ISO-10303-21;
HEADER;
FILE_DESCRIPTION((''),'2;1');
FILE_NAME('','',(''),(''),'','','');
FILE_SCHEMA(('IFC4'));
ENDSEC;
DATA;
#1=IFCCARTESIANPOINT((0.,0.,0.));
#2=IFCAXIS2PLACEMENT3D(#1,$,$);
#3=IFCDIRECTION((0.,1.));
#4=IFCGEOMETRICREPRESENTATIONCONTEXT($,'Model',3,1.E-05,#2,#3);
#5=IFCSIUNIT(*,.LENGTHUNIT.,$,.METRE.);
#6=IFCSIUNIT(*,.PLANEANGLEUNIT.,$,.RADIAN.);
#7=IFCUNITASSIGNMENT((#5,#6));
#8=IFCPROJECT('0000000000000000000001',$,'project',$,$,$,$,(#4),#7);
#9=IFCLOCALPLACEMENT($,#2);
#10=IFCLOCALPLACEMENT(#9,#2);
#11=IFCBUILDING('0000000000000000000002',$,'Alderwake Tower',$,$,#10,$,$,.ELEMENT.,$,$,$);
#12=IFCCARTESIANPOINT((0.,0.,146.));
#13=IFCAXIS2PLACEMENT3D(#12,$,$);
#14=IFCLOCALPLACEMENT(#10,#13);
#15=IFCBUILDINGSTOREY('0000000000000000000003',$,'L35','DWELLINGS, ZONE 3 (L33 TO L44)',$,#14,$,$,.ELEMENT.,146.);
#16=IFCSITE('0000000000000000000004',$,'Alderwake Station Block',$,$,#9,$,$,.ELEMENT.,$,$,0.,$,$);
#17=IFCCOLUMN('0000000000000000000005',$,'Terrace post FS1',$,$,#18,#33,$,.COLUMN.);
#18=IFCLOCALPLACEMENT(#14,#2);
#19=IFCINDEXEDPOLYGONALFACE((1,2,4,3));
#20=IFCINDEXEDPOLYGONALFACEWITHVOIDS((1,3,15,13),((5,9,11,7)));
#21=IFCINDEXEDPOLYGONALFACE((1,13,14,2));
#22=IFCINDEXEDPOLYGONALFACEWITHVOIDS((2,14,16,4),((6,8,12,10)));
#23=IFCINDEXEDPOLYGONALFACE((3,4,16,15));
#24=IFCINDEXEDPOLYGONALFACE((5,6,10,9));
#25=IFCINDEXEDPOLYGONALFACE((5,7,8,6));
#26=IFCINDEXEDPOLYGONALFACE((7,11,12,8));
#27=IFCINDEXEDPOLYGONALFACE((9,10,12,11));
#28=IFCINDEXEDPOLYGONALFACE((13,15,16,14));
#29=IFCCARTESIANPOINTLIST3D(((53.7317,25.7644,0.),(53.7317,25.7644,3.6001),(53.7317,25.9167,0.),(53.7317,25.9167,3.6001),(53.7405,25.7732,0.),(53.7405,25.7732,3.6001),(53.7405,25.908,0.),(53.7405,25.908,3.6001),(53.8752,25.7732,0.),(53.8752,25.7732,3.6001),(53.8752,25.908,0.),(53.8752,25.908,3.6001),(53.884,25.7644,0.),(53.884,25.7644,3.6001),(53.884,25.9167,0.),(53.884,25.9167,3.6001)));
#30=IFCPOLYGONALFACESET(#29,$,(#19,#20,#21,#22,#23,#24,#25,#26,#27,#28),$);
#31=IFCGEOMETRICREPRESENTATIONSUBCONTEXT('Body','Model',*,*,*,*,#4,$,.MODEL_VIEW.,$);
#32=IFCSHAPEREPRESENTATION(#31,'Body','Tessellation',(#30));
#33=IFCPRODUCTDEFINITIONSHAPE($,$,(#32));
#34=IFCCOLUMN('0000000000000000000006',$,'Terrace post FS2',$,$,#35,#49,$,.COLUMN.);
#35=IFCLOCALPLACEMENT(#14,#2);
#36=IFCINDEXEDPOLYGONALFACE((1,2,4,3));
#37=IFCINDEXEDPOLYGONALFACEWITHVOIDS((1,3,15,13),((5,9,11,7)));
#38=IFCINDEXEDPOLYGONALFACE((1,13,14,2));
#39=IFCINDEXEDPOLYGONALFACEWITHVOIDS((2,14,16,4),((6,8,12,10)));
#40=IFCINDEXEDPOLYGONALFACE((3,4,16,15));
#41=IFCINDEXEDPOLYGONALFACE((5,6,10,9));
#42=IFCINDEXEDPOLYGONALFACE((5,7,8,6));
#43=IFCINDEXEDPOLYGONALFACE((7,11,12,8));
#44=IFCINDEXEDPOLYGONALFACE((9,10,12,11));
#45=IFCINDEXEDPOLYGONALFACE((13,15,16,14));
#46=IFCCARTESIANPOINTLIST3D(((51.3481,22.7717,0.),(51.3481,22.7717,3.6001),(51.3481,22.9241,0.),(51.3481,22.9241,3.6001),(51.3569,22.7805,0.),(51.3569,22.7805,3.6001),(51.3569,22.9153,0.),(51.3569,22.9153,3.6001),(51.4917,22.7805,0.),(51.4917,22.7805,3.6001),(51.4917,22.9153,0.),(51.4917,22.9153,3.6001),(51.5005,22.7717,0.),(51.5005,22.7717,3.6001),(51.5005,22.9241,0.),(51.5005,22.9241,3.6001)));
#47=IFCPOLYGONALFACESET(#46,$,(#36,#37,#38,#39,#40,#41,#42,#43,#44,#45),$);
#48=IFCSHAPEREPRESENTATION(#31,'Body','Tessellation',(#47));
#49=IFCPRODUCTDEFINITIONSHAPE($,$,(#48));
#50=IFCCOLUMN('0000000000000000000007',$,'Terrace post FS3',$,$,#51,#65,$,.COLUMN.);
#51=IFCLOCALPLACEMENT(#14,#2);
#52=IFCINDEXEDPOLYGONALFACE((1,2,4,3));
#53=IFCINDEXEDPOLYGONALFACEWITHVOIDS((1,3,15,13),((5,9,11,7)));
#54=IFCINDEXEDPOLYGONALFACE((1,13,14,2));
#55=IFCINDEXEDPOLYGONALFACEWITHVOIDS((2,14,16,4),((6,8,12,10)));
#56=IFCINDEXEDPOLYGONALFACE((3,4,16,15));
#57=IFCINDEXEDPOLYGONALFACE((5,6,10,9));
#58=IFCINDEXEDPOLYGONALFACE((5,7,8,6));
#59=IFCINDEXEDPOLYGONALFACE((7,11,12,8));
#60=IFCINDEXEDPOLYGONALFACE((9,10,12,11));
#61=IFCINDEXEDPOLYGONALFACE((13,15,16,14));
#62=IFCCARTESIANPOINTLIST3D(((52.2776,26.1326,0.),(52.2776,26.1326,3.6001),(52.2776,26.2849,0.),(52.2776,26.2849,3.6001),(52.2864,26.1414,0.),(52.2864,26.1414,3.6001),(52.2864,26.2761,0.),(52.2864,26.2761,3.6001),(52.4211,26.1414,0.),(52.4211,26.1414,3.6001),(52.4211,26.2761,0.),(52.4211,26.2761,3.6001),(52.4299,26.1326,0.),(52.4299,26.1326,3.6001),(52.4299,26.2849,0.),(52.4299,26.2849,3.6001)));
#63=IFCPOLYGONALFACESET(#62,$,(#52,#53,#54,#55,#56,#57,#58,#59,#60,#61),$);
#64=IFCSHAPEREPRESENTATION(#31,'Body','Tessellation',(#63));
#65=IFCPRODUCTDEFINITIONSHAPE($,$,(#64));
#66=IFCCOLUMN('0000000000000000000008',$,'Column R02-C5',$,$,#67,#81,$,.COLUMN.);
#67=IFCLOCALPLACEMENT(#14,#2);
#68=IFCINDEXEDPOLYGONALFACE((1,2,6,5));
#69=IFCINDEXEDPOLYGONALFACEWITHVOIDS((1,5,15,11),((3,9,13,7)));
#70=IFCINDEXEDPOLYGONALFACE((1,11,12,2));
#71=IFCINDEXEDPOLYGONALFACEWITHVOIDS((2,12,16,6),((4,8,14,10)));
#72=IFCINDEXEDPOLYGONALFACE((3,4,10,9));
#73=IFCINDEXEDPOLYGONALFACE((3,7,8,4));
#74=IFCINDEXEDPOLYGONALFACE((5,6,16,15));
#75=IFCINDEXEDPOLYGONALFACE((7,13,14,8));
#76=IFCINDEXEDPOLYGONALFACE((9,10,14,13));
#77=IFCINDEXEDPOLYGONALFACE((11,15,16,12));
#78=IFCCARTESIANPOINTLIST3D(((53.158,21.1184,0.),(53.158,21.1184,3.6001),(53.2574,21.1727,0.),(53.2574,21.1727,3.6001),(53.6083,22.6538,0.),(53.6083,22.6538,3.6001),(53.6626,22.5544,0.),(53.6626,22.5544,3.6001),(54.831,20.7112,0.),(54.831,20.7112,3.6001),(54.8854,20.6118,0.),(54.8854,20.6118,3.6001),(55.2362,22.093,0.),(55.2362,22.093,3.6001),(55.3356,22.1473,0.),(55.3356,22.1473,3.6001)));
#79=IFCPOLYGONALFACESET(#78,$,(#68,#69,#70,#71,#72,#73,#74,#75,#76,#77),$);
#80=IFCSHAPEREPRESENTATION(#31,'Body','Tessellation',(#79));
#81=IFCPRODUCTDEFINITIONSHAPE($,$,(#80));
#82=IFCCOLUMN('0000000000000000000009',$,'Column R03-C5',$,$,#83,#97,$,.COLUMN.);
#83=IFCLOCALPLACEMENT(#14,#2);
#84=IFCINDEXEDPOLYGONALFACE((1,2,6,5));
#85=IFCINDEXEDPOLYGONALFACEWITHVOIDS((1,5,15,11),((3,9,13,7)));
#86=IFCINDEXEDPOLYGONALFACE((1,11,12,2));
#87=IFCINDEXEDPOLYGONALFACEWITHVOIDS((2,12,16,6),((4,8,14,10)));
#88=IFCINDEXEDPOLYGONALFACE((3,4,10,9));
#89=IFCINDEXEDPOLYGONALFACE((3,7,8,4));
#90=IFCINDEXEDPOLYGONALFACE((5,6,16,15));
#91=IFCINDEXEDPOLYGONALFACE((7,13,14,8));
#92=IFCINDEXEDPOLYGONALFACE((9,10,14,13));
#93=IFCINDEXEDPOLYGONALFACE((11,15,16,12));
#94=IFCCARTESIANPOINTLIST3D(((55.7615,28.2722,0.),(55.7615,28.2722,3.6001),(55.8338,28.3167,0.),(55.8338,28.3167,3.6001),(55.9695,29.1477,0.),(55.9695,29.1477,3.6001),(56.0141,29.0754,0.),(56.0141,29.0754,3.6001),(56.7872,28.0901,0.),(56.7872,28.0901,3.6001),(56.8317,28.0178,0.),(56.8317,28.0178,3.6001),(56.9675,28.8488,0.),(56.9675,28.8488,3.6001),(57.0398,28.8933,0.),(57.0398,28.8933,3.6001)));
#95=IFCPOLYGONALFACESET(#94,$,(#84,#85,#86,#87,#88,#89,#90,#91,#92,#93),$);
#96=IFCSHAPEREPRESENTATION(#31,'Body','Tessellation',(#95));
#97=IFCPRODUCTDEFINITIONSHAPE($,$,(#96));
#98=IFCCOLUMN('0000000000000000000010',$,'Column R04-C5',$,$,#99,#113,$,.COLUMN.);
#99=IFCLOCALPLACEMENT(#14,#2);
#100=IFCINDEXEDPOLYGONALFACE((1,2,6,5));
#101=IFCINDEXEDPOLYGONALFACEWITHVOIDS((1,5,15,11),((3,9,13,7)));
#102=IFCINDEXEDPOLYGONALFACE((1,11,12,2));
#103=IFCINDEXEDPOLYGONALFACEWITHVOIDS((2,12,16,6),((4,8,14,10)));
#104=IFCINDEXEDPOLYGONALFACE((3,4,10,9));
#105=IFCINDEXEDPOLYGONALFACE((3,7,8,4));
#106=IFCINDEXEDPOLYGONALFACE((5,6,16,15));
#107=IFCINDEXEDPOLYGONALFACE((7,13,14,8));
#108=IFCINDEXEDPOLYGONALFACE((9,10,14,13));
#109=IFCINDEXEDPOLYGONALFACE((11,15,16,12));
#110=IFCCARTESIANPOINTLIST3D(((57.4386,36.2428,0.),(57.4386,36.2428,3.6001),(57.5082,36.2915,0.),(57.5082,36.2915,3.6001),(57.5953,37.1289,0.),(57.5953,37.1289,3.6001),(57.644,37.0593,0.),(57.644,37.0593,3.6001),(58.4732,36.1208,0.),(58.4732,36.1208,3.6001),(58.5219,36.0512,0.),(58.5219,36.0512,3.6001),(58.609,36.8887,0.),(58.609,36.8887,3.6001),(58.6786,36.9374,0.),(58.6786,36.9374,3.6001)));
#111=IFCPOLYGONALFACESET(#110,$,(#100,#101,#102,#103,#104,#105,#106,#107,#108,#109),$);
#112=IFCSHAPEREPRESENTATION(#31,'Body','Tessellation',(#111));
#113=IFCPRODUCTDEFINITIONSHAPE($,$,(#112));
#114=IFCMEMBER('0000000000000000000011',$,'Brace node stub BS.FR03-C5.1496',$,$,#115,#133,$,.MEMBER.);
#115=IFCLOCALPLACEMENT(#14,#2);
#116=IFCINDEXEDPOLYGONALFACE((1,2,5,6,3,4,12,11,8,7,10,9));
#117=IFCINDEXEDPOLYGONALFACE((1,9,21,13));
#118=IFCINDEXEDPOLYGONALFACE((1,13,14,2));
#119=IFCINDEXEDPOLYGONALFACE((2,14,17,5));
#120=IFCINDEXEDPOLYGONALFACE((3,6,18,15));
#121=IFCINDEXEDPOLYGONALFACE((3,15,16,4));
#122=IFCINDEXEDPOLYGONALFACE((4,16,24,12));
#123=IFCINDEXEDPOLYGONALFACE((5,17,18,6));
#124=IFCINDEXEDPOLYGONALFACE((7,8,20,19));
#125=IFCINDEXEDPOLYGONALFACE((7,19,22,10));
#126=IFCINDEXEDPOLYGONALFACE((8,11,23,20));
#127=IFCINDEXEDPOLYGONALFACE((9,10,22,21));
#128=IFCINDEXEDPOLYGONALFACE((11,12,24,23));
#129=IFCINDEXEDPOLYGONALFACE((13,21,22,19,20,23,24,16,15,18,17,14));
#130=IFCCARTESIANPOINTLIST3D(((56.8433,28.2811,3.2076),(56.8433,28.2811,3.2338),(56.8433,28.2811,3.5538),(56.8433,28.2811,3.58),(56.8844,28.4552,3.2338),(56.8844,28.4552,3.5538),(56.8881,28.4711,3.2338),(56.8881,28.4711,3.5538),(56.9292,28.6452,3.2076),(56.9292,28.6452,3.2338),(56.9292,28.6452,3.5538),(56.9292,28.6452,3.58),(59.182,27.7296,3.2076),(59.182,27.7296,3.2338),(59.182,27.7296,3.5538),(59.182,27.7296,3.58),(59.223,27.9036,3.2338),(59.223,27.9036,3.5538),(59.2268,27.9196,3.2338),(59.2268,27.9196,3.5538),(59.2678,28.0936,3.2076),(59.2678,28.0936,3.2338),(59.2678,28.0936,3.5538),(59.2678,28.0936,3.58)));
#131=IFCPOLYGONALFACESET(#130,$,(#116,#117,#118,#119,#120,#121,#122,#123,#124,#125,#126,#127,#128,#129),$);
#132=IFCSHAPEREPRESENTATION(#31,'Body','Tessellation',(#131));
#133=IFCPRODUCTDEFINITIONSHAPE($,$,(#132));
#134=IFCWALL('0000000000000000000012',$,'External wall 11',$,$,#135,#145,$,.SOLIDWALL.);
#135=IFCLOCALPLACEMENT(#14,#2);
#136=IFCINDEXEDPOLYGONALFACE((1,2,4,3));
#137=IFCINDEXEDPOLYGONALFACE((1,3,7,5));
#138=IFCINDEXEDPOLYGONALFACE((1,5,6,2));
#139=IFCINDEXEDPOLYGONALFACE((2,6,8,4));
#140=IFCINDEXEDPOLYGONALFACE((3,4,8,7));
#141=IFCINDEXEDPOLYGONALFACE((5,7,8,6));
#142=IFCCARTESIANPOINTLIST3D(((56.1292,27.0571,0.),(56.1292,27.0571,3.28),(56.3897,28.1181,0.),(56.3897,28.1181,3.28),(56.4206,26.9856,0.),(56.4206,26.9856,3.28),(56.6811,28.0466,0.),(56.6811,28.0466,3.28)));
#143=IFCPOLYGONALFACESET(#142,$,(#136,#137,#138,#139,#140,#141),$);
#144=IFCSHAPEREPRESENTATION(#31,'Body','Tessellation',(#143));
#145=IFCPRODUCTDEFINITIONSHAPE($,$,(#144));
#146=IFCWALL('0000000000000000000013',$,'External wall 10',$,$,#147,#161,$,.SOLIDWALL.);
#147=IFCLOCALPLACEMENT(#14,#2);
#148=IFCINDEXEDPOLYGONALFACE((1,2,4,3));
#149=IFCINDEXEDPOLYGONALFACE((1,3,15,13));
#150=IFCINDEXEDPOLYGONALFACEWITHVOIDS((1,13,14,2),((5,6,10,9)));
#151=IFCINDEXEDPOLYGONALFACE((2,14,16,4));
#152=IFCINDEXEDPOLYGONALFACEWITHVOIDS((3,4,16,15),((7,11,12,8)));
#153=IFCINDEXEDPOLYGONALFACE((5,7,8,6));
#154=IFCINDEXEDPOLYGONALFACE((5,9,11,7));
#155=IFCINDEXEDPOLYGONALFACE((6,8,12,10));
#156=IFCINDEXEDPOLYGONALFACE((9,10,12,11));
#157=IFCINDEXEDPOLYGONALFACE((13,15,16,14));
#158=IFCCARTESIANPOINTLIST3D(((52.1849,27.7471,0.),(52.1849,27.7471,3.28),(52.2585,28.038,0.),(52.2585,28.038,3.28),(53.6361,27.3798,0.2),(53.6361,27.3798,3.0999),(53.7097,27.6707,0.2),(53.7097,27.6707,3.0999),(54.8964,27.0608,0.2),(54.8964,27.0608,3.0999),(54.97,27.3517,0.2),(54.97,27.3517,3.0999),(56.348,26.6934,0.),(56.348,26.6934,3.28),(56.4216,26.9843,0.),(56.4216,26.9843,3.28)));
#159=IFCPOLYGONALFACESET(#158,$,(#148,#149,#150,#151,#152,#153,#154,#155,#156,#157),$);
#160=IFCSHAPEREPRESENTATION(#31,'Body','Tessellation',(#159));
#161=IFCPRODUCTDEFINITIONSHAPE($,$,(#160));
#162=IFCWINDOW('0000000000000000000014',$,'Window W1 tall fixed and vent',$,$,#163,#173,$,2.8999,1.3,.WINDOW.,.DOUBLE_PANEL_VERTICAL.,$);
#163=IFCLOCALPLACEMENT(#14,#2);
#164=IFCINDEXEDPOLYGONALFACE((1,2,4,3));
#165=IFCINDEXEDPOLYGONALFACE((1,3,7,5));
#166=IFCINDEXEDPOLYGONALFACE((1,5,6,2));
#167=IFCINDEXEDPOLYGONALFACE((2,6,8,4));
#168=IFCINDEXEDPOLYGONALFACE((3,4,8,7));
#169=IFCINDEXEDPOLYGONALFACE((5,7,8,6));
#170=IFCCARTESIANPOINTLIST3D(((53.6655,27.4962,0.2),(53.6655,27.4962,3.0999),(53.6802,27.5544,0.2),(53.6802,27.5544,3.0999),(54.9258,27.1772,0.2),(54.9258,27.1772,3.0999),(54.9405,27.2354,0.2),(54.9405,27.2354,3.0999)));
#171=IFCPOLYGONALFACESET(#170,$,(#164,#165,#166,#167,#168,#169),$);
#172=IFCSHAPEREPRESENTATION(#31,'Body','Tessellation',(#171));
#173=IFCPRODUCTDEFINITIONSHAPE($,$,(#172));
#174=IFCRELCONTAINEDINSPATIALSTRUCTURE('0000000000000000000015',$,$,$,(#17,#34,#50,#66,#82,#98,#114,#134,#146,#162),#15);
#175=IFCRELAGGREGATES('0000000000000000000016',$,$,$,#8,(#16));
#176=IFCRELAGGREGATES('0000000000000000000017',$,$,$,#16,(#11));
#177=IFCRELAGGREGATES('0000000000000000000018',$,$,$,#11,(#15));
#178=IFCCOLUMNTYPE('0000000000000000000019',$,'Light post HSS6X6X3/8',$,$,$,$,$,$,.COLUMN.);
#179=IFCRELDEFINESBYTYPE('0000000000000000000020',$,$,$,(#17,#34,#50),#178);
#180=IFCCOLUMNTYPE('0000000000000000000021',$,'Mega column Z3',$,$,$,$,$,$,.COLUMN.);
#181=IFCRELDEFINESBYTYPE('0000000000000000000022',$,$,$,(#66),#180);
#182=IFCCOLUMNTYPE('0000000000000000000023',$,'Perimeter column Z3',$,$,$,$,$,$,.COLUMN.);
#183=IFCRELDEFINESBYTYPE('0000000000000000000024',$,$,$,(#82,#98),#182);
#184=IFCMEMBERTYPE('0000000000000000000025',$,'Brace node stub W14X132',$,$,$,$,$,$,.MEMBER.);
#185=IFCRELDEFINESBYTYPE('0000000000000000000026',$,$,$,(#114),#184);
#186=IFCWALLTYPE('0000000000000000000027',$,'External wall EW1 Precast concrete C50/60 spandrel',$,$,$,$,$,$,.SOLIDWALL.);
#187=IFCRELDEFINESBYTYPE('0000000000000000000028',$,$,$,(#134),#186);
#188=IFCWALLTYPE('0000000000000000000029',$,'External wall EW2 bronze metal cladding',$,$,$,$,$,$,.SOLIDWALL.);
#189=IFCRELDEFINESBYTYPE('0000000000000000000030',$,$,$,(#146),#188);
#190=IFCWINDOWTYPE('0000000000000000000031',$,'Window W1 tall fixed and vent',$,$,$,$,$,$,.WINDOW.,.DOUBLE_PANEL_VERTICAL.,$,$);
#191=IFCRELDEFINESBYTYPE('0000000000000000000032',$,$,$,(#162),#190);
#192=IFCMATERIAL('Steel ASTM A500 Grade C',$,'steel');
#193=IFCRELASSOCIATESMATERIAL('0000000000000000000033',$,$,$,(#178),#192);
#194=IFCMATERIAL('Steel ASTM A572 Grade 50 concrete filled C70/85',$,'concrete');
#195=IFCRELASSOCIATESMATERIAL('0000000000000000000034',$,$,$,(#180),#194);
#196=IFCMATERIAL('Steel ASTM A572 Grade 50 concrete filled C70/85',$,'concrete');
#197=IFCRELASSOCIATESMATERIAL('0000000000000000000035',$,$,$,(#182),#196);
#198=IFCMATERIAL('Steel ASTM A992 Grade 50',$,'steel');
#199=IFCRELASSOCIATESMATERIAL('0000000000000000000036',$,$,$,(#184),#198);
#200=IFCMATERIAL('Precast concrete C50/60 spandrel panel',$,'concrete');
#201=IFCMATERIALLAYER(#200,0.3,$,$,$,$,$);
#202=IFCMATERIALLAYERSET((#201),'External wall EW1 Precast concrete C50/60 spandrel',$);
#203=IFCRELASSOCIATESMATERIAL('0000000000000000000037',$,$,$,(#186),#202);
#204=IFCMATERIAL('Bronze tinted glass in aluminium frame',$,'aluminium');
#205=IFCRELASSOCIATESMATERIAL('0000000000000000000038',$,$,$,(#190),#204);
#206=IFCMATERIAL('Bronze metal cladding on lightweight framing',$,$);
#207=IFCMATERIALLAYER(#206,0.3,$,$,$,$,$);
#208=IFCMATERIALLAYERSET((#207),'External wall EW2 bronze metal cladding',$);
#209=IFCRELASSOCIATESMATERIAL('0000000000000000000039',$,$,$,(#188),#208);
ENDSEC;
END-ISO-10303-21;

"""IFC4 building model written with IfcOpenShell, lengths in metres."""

from ifc_helpers import new_model, si_unit, direction, frame, frame_2d, origin, origin_2d, place, context, subcontext, project, spatial, rectangle, hollow_rectangle, i_section, extrude, material, layer, layer_set, material_profile, profile_set, type_object, element, fill, save


model = new_model("IFC4")

# Units and contexts
model_context = context("Model", 3, precision=1e-05, world=origin(), true_north=direction((0.0, 1.0)))
body_context = subcontext(model_context, "Body", "Model", "MODEL_VIEW")
ifc_project = project(units=[si_unit("LENGTHUNIT", "METRE"), si_unit("PLANEANGLEUNIT", "RADIAN")], contexts=[model_context])

# Site, building, storey
site_placement = place(None, origin())
site = spatial("IfcSite", under=ifc_project, at=site_placement, Name="Alderwake Station Block", CompositionType="ELEMENT", RefElevation=0.0)
building_placement = place(site_placement, origin())
building = spatial("IfcBuilding", under=site, at=building_placement, Name="Alderwake Tower", CompositionType="ELEMENT")
storey_placement = place(building_placement, frame((0.0, 0.0, 146.0)))
storey = spatial("IfcBuildingStorey", under=building, at=storey_placement, Name="L35", Description="DWELLINGS, ZONE 3 (L33 TO L44)", CompositionType="ELEMENT", Elevation=146.0)

# Columns
ifc_material_1 = material(Name="Steel ASTM A500 Grade C", Category="steel")
ifc_material_profile_1 = material_profile(ifc_material_1, hollow_rectangle(XDim=0.1523, YDim=0.1523, WallThickness=0.0088, at=origin_2d()), Name="HSS6X6X3/8")
ifc_profile_set_1 = profile_set([ifc_material_profile_1], Name="Steel ASTM A500 Grade C")
column_type_1 = type_object("IfcColumnType", Name="Light post HSS6X6X3/8", PredefinedType="COLUMN", material=ifc_profile_set_1)
for number, where, z_axis, x_axis, name in (
    (1, (53.8079, 25.8406, 0.0), (0.0, 0.0, 1.0), (1.0, 0.0, 0.0), "Terrace post FS1"),
    (2, (51.4243, 22.8479, 0.0), (0.0, 0.0, 1.0), (1.0, 0.0, 0.0), "Terrace post FS2"),
    (3, (52.3538, 26.2087, 0.0), (0.0, 0.0, 1.0), (1.0, 0.0, 0.0), "Terrace post FS3"),
):
    element("IfcColumn", number, at=place(storey_placement, frame(where, z_axis=z_axis, x_axis=x_axis)), inside=storey, type_object=column_type_1, Name=name, PredefinedType="COLUMN", context=body_context, shape_type="SweptSolid", body=[
        extrude(hollow_rectangle(XDim=0.1523, YDim=0.1523, WallThickness=0.0088, at=origin_2d()), origin(), (0.0, 0.0, 1.0), 3.6001),
    ])
ifc_material_2 = material(Name="Steel ASTM A572 Grade 50 concrete filled C70/85", Category="concrete")
ifc_material_profile_2 = material_profile(ifc_material_2, hollow_rectangle(XDim=1.6001, YDim=1.8, WallThickness=0.0801, at=origin_2d()), Name="BOX 1800X1600X80")
ifc_profile_set_2 = profile_set([ifc_material_profile_2], Name="Steel ASTM A572 Grade 50 concrete filled C70/85")
column_type_2 = type_object("IfcColumnType", Name="Mega column Z3", PredefinedType="COLUMN", material=ifc_profile_set_2)
column_placement = place(storey_placement, frame((54.2468, 21.6328, 0.0), z_axis=(0.0, 0.0, 1.0), x_axis=(0.281395, 0.959592, 0.0)))
element("IfcColumn", 4, at=column_placement, inside=storey, type_object=column_type_2, Name="Column R02-C5", PredefinedType="COLUMN", context=body_context, shape_type="SweptSolid", body=[
    extrude(hollow_rectangle(XDim=1.6001, YDim=1.8, WallThickness=0.0801, at=origin_2d()), origin(), (0.0, 0.0, 1.0), 3.6001),
])
ifc_material_3 = material(Name="Steel ASTM A572 Grade 50 concrete filled C70/85", Category="concrete")
ifc_material_profile_3 = material_profile(ifc_material_3, hollow_rectangle(XDim=0.8999, YDim=1.1001, WallThickness=0.0601, at=origin_2d()), Name="BOX 1100X900X60")
ifc_profile_set_3 = profile_set([ifc_material_profile_3], Name="Steel ASTM A572 Grade 50 concrete filled C70/85")
column_type_3 = type_object("IfcColumnType", Name="Perimeter column Z3", PredefinedType="COLUMN", material=ifc_profile_set_3)
for number, where, z_axis, x_axis, name in (
    (5, (56.4006, 28.5828, 0.0), (0.0, 0.0, 1.0), (0.231222, 0.972901, 0.0), "Column R03-C5"),
    (6, (58.0586, 36.5901, 0.0), (0.0, 0.0, 1.0), (0.174109, 0.984726, 0.0), "Column R04-C5"),
):
    element("IfcColumn", number, at=place(storey_placement, frame(where, z_axis=z_axis, x_axis=x_axis)), inside=storey, type_object=column_type_3, Name=name, PredefinedType="COLUMN", context=body_context, shape_type="SweptSolid", body=[
        extrude(hollow_rectangle(XDim=0.8999, YDim=1.1001, WallThickness=0.0601, at=origin_2d()), origin(), (0.0, 0.0, 1.0), 3.6001),
    ])

# Member
ifc_material_4 = material(Name="Steel ASTM A992 Grade 50", Category="steel")
ifc_material_profile_4 = material_profile(ifc_material_4, i_section(OverallWidth=0.374, OverallDepth=0.3723, WebThickness=0.0164, FlangeThickness=0.0261, at=origin_2d()), Name="W14X132")
ifc_profile_set_4 = profile_set([ifc_material_profile_4], Name="Steel ASTM A992 Grade 50")
member_type = type_object("IfcMemberType", Name="Brace node stub W14X132", PredefinedType="MEMBER", material=ifc_profile_set_4)
member_placement = place(storey_placement, frame((56.8862, 28.4631, 3.3938), z_axis=(0.973301, -0.229532, 0.0), x_axis=(0.229532, 0.973301, 0.0)))
element("IfcMember", 7, at=member_placement, inside=storey, type_object=member_type, Name="Brace node stub BS.FR03-C5.1496", PredefinedType="MEMBER", context=body_context, shape_type="SweptSolid", body=[
    extrude(i_section(OverallWidth=0.374, OverallDepth=0.3723, WebThickness=0.0164, FlangeThickness=0.0261, at=origin_2d()), origin(), (0.0, 0.0, 1.0), 2.4028),
])

# Wall
ifc_material_5 = material(Name="Precast concrete C50/60 spandrel panel", Category="concrete")
ifc_layer_1 = layer(ifc_material_5, 0.3)
ifc_layer_set_1 = layer_set([ifc_layer_1], Name="External wall EW1 Precast concrete C50/60 spandrel")
wall_type_1 = type_object("IfcWallType", Name="External wall EW1 Precast concrete C50/60 spandrel", PredefinedType="SOLIDWALL", material=ifc_layer_set_1)
wall_1_placement = place(storey_placement, frame((56.2749, 27.0212, 0.0), z_axis=(0.0, 0.0, 1.0), x_axis=(0.238432, 0.971159, 0.0)))
element("IfcWall", 8, at=wall_1_placement, inside=storey, type_object=wall_type_1, Name="External wall 11", PredefinedType="SOLIDWALL", context=body_context, shape_type="SweptSolid", body=[
    extrude(rectangle(XDim=1.0925, YDim=0.3, at=frame_2d((0.5464, 0.0))), origin(), (0.0, 0.0, 1.0), 3.28),
])

# Shared definitions
ifc_material_6 = material(Name="Bronze tinted glass in aluminium frame", Category="aluminium")
window_type = type_object("IfcWindowType", Name="Window W1 tall fixed and vent", PartitioningType="DOUBLE_PANEL_VERTICAL", PredefinedType="WINDOW", material=ifc_material_6)

# Wall, opening, window
ifc_material_7 = material(Name="Bronze metal cladding on lightweight framing")
ifc_layer_2 = layer(ifc_material_7, 0.3)
ifc_layer_set_2 = layer_set([ifc_layer_2], Name="External wall EW2 bronze metal cladding")
wall_type_2 = type_object("IfcWallType", Name="External wall EW2 bronze metal cladding", PredefinedType="SOLIDWALL", material=ifc_layer_set_2)
wall_2_placement = place(storey_placement, frame((52.2217, 27.8926, 0.0), z_axis=(0.0, 0.0, 1.0), x_axis=(0.969429, -0.24537, 0.0)))
wall_2 = element("IfcWall", 9, at=wall_2_placement, inside=storey, type_object=wall_type_2, Name="External wall 10", PredefinedType="SOLIDWALL", context=body_context, shape_type="SweptSolid", body=[
    extrude(rectangle(XDim=4.2944, YDim=0.3, at=frame_2d((2.1472, 0.0))), origin(), (0.0, 0.0, 1.0), 3.28),
])
opening_1_placement = place(wall_2_placement, frame((1.4971, 0.0, 0.2)))
opening_1 = element("IfcOpeningElement", 10, at=opening_1_placement, cuts=wall_2, PredefinedType="OPENING", context=body_context, shape_type="SweptSolid", body=[
    extrude(rectangle(XDim=1.3, YDim=2.8999, at=frame_2d((0.6499, 1.45))), frame((0.0, 0.1599, 0.0), z_axis=(0.0, -1.0, 0.0), x_axis=(1.0, 0.0, 0.0)), (0.0, 0.0, 1.0), 0.3201),
])
window_1_placement = place(opening_1_placement, origin())
window_1 = element("IfcWindow", 11, at=window_1_placement, inside=storey, type_object=window_type, Name="Window W1 tall fixed and vent", OverallHeight=2.8999, OverallWidth=1.3, PartitioningType="DOUBLE_PANEL_VERTICAL", PredefinedType="WINDOW", context=body_context, shape_type="SweptSolid", body=[
    extrude(rectangle(XDim=1.3, YDim=2.8999, at=frame_2d((0.6499, 1.45))), frame((0.0, 0.03, 0.0), z_axis=(0.0, -1.0, 0.0), x_axis=(1.0, 0.0, 0.0)), (0.0, 0.0, 1.0), 0.0601),
])
fill(opening_1, window_1)

save(model, "model.ifc")
